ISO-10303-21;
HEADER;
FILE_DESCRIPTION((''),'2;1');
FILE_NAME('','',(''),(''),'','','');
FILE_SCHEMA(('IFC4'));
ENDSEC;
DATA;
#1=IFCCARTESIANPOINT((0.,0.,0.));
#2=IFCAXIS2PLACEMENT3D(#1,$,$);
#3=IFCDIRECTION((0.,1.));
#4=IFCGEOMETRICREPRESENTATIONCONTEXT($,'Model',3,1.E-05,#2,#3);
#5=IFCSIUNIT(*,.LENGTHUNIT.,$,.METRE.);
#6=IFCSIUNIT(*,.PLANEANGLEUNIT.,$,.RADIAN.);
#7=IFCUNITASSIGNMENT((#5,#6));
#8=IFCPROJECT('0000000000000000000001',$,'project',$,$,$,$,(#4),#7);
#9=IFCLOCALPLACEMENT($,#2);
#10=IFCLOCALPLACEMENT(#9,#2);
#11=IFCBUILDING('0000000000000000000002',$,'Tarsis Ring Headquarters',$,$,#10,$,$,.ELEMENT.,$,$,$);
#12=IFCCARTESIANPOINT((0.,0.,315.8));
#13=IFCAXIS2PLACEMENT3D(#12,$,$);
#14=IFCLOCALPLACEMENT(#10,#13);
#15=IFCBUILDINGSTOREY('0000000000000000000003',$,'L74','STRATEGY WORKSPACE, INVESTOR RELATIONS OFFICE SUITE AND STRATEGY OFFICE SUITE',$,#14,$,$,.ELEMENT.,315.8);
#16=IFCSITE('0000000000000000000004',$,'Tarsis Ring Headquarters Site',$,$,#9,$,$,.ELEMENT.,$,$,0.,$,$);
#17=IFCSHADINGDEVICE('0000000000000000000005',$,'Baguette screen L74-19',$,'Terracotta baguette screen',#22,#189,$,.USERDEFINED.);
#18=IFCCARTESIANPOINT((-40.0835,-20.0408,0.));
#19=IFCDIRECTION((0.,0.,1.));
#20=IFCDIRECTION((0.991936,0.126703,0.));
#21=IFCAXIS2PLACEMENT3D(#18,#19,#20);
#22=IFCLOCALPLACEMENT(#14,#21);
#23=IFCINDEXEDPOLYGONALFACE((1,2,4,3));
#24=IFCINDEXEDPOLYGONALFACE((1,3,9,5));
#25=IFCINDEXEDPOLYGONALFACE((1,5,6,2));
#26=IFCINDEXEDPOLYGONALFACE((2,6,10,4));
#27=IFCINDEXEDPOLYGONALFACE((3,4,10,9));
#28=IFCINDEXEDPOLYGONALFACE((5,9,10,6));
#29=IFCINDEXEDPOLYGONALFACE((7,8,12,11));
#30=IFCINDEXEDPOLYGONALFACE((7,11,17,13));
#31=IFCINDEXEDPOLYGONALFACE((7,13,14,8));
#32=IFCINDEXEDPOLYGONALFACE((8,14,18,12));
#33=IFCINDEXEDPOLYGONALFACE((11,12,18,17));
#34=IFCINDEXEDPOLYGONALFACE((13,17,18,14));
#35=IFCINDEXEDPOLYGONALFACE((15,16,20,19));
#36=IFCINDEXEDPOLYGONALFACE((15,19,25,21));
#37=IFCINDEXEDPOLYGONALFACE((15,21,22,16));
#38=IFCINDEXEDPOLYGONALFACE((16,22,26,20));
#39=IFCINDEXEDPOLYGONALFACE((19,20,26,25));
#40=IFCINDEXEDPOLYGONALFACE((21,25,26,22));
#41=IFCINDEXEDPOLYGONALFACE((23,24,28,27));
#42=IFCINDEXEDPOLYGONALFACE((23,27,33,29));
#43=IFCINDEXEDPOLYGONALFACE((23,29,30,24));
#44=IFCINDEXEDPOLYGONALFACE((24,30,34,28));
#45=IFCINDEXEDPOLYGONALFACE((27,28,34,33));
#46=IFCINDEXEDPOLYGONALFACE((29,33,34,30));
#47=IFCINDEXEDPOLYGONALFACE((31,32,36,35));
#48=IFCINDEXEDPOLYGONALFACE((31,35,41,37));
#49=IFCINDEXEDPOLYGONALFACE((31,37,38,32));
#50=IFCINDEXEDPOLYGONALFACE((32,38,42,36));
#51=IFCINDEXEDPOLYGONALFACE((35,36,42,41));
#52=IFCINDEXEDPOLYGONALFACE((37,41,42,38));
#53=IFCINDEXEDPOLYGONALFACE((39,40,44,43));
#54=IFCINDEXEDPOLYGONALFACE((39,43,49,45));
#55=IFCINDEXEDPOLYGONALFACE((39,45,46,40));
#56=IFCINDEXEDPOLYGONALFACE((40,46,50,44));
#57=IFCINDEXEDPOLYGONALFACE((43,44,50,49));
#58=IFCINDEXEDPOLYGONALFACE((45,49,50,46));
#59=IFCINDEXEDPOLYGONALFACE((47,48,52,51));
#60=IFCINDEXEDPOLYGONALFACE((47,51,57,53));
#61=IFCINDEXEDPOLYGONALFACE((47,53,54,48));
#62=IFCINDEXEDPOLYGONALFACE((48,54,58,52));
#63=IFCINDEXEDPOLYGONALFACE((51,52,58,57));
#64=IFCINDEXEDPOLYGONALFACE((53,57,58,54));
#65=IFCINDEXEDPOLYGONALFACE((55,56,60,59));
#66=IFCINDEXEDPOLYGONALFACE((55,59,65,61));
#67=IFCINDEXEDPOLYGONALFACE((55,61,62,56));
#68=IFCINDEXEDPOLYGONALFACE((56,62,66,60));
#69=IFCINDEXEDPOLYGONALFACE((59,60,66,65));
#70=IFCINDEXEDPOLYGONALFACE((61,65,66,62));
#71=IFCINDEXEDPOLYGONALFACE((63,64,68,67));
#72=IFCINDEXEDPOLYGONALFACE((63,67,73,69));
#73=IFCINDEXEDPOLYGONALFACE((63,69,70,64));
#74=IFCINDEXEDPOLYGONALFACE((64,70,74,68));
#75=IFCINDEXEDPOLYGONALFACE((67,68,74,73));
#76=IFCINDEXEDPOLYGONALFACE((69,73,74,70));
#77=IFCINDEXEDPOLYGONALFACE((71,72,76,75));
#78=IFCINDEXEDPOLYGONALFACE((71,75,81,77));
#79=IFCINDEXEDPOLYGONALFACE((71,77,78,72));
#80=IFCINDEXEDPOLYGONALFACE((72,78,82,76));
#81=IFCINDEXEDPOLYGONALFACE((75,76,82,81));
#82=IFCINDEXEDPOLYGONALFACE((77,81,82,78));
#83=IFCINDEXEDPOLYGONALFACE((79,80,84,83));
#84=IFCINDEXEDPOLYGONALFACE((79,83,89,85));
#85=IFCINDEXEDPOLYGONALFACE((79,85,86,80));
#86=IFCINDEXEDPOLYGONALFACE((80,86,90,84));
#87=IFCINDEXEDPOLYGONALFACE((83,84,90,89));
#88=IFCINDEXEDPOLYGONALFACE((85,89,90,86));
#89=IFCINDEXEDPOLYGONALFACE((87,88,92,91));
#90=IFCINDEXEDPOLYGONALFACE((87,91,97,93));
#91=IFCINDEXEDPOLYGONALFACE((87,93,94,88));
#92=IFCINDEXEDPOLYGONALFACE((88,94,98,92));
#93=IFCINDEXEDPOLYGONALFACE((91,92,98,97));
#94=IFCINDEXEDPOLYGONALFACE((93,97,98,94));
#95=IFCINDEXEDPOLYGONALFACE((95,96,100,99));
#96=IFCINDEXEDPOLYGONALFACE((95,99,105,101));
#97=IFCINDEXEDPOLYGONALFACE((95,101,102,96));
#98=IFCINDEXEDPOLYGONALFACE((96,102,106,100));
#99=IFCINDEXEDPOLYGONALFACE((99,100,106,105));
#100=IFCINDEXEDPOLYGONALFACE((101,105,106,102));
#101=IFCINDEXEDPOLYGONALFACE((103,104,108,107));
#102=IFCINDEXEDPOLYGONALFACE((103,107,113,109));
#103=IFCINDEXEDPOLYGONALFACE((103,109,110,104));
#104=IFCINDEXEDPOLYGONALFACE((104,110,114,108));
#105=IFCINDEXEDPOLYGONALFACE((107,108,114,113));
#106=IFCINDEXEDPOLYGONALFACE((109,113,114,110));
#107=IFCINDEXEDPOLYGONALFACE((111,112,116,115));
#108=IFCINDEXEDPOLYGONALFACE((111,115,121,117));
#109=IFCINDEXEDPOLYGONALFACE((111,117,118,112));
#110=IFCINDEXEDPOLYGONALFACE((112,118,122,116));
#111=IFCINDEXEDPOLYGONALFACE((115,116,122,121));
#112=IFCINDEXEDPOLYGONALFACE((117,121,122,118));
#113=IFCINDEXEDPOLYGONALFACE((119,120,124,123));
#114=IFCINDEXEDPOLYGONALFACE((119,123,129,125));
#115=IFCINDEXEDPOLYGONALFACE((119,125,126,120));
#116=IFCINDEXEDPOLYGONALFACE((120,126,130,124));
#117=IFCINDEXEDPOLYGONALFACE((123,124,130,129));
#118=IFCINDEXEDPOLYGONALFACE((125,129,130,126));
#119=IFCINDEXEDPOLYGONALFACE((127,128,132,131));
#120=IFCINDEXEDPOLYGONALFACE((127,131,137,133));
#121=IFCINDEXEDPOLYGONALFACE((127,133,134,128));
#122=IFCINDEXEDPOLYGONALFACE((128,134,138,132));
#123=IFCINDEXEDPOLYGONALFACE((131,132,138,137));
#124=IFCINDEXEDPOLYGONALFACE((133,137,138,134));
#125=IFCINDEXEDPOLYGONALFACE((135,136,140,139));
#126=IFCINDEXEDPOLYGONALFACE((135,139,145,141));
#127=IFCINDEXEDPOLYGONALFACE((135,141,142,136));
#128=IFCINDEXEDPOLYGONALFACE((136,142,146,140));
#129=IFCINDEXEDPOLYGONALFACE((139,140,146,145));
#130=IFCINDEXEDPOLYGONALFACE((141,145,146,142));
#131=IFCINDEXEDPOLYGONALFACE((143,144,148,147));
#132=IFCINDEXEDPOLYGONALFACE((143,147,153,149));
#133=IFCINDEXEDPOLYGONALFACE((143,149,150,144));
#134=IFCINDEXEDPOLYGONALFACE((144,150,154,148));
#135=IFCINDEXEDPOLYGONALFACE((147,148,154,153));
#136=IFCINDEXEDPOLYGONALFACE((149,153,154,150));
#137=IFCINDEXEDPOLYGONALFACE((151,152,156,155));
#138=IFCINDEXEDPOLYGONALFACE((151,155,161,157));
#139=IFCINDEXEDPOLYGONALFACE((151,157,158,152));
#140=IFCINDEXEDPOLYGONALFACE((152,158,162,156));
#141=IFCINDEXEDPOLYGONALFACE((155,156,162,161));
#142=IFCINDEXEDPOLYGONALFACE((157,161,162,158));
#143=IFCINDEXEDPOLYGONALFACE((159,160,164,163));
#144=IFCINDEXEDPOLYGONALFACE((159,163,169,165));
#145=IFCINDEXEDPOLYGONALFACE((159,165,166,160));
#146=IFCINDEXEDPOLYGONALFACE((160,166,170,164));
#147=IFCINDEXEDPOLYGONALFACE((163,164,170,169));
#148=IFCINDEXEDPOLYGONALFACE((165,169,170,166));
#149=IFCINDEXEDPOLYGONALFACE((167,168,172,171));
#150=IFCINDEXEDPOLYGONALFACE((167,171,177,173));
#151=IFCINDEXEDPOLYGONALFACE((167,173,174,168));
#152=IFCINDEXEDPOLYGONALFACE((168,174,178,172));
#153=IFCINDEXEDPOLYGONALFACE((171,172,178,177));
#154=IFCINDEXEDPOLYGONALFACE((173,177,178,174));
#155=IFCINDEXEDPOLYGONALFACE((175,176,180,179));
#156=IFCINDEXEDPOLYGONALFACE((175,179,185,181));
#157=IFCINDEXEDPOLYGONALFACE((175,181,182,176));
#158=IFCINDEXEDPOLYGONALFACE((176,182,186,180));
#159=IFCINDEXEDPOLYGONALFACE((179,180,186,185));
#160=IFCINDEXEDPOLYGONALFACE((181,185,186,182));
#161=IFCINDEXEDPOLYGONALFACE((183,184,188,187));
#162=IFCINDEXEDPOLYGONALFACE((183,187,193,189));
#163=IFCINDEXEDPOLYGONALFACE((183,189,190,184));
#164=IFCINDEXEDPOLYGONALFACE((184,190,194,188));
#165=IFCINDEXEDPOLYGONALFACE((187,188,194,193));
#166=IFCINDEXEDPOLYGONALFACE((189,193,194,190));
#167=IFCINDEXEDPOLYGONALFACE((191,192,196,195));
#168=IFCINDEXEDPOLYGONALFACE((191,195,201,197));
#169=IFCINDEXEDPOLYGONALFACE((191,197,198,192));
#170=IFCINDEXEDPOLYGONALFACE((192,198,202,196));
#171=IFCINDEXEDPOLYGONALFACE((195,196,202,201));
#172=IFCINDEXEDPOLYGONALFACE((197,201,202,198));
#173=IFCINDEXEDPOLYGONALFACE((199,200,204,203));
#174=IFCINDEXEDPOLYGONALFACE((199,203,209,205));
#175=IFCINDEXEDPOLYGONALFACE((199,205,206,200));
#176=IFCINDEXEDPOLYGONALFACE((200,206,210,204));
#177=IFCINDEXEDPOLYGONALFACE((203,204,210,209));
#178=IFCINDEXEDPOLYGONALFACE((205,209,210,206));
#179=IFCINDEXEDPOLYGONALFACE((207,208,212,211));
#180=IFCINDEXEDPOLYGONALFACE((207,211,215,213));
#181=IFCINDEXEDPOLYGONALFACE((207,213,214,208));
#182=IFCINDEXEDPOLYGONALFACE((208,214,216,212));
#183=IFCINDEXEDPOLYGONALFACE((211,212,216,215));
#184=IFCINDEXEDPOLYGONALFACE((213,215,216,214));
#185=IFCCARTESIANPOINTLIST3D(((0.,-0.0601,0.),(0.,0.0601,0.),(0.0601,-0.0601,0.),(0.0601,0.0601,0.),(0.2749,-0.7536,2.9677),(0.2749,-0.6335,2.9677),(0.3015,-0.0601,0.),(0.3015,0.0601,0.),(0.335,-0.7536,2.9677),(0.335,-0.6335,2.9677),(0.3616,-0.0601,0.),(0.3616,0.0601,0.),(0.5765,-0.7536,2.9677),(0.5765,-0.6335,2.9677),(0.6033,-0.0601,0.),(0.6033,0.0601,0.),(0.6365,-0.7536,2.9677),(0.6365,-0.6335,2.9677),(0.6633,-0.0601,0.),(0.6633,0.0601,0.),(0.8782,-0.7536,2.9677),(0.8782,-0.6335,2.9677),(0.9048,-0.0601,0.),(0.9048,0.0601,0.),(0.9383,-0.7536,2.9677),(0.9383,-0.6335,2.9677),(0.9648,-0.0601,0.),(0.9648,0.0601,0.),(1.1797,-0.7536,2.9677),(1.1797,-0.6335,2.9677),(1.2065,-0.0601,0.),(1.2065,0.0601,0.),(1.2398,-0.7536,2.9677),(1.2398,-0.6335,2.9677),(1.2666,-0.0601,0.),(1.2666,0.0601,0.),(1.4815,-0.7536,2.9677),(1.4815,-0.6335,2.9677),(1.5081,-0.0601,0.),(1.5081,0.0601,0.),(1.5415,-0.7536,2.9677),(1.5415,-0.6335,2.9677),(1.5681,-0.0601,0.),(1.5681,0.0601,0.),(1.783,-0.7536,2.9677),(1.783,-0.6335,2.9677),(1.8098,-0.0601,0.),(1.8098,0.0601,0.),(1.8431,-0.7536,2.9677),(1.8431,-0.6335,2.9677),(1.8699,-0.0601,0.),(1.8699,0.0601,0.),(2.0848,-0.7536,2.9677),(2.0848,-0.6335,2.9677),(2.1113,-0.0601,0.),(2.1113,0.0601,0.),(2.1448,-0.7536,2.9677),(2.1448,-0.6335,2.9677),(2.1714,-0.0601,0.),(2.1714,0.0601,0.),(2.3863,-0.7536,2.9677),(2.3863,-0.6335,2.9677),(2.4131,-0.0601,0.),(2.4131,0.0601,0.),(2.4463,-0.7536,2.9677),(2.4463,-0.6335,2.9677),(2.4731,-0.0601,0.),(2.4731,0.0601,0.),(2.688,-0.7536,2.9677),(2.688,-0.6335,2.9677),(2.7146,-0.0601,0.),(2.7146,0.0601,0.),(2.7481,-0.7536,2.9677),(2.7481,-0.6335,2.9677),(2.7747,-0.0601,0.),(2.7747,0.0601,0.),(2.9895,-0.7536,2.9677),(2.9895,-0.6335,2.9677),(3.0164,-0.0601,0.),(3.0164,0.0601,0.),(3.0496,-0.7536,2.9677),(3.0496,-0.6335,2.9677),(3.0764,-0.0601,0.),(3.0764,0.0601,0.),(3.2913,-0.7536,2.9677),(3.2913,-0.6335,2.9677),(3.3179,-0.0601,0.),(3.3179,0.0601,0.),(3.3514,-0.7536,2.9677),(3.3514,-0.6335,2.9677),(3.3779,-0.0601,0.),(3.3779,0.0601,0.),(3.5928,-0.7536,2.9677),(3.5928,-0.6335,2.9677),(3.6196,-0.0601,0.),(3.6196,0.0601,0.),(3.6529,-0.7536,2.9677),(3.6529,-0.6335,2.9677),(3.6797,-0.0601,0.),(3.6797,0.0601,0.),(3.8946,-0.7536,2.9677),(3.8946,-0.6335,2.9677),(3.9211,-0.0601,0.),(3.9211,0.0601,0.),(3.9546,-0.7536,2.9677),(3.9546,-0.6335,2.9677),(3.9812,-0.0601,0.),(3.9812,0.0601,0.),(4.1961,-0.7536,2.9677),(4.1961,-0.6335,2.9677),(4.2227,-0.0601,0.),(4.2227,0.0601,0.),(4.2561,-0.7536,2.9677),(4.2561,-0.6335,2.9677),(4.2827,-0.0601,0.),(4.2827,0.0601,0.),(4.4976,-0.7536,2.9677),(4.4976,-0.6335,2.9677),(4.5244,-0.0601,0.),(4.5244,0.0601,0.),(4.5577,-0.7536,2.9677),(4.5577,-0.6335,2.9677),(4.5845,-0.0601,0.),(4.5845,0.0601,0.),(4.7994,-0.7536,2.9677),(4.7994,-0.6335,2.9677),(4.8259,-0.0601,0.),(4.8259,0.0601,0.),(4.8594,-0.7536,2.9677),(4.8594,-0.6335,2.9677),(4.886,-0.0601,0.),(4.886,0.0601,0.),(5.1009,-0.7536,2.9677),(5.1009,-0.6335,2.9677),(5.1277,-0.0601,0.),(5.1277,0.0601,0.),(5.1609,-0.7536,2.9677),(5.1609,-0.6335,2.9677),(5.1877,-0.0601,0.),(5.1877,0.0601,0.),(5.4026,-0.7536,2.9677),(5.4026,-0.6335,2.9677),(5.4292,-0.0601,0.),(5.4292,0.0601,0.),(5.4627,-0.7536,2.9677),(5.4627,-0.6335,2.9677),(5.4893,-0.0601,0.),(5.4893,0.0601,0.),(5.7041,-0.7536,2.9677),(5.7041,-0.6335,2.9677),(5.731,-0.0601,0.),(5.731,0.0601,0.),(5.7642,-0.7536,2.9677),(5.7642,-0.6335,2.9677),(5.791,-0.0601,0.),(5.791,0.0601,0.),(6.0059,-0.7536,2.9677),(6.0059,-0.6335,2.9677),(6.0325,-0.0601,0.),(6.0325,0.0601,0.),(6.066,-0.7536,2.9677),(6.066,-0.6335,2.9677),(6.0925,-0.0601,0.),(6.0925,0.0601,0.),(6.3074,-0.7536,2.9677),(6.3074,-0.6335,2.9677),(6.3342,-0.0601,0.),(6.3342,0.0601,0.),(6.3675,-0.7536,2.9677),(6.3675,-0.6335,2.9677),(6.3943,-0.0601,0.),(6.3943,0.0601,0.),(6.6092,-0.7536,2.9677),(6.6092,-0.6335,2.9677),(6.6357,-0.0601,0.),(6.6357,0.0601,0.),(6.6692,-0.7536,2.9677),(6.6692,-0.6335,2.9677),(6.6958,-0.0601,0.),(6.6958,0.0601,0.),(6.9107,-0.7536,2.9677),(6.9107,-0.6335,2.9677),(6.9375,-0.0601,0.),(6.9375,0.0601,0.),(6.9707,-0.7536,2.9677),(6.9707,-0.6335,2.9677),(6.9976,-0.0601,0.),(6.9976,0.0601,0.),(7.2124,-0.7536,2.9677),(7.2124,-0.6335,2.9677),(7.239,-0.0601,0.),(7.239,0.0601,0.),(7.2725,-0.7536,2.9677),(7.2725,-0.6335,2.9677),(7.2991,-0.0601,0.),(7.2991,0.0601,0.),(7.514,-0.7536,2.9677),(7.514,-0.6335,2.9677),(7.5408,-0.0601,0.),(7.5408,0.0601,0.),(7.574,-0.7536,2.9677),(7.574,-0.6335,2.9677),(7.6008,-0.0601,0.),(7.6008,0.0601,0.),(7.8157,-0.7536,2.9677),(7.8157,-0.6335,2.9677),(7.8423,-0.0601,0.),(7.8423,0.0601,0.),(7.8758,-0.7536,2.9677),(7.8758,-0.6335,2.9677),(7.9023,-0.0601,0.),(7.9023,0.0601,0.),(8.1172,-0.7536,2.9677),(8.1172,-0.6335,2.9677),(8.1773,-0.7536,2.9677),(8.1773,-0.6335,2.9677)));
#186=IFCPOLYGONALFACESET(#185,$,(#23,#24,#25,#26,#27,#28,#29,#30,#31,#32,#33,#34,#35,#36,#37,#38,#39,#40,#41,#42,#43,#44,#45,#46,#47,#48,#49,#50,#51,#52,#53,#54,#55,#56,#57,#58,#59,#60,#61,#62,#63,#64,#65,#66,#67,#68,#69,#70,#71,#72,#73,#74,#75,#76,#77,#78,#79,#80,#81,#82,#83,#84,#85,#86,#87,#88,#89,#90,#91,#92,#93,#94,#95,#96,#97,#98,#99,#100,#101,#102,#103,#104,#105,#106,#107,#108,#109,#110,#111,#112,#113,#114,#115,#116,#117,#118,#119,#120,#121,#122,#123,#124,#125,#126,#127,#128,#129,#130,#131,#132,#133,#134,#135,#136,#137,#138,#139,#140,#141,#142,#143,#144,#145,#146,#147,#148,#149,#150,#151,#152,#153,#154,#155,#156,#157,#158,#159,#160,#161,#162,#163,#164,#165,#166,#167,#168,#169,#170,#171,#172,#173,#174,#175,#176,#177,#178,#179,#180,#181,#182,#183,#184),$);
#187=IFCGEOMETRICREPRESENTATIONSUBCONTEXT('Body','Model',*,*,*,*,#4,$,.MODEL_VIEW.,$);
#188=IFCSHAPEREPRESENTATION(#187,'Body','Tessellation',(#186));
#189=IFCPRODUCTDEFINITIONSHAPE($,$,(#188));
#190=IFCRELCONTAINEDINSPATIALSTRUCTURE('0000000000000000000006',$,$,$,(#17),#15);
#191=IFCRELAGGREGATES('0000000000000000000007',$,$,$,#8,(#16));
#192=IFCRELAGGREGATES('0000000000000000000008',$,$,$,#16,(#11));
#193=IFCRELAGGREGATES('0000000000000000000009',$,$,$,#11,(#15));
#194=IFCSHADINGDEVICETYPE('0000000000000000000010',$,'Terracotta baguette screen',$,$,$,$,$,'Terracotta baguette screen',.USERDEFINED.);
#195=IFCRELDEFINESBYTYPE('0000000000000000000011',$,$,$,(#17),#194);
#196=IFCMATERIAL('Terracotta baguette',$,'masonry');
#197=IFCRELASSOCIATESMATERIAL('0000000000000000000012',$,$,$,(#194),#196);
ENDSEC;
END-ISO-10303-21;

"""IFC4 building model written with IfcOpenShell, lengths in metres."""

from ifc_helpers import new_model, si_unit, direction, frame, frame_2d, origin, place, context, subcontext, project, spatial, rectangle, composite_profile, extrude, material, type_object, element, save


model = new_model("IFC4")

# Units and contexts
model_context = context("Model", 3, precision=1e-05, world=origin(), true_north=direction((0.0, 1.0)))
body_context = subcontext(model_context, "Body", "Model", "MODEL_VIEW")
ifc_project = project(units=[si_unit("LENGTHUNIT", "METRE"), si_unit("PLANEANGLEUNIT", "RADIAN")], contexts=[model_context])

# Site, building, storey
site_placement = place(None, origin())
site = spatial("IfcSite", under=ifc_project, at=site_placement, Name="Tarsis Ring Headquarters Site", CompositionType="ELEMENT", RefElevation=0.0)
building_placement = place(site_placement, origin())
building = spatial("IfcBuilding", under=site, at=building_placement, Name="Tarsis Ring Headquarters", CompositionType="ELEMENT")
storey_placement = place(building_placement, frame((0.0, 0.0, 315.8)))
storey = spatial("IfcBuildingStorey", under=building, at=storey_placement, Name="L74", Description="STRATEGY WORKSPACE, INVESTOR RELATIONS OFFICE SUITE AND STRATEGY OFFICE SUITE", CompositionType="ELEMENT", Elevation=315.8)

# Shading device
ifc_material_1 = material(Name="Terracotta baguette", Category="masonry")
shading_device_type_1 = type_object("IfcShadingDeviceType", Name="Terracotta baguette screen", ElementType="Terracotta baguette screen", PredefinedType="USERDEFINED", material=ifc_material_1)
shading_device_placement = place(storey_placement, frame((-40.0835, -20.0408, 0.0), z_axis=(0.0, 0.0, 1.0), x_axis=(0.991936, 0.126703, 0.0)))
element("IfcShadingDevice", 1, at=shading_device_placement, inside=storey, type_object=shading_device_type_1, Name="Baguette screen L74-19", ObjectType="Terracotta baguette screen", PredefinedType="USERDEFINED", context=body_context, shape_type="SweptSolid", body=[
    extrude(composite_profile([rectangle(XDim=0.0601, YDim=0.1201, at=frame_2d((0.03, 0.0))), rectangle(XDim=0.0601, YDim=0.1201, at=frame_2d((0.3315, 0.0))), rectangle(XDim=0.0601, YDim=0.1201, at=frame_2d((0.6333, 0.0))), rectangle(XDim=0.0601, YDim=0.1201, at=frame_2d((0.9348, 0.0))), rectangle(XDim=0.0601, YDim=0.1201, at=frame_2d((1.2366, 0.0))), rectangle(XDim=0.0601, YDim=0.1201, at=frame_2d((1.5381, 0.0))), rectangle(XDim=0.0601, YDim=0.1201, at=frame_2d((1.8398, 0.0))), rectangle(XDim=0.0601, YDim=0.1201, at=frame_2d((2.1414, 0.0))), rectangle(XDim=0.0601, YDim=0.1201, at=frame_2d((2.4431, 0.0))), rectangle(XDim=0.0601, YDim=0.1201, at=frame_2d((2.7446, 0.0))), rectangle(XDim=0.0601, YDim=0.1201, at=frame_2d((3.0464, 0.0))), rectangle(XDim=0.0601, YDim=0.1201, at=frame_2d((3.3479, 0.0))), rectangle(XDim=0.0601, YDim=0.1201, at=frame_2d((3.6497, 0.0))), rectangle(XDim=0.0601, YDim=0.1201, at=frame_2d((3.9512, 0.0))), rectangle(XDim=0.0601, YDim=0.1201, at=frame_2d((4.2527, 0.0))), rectangle(XDim=0.0601, YDim=0.1201, at=frame_2d((4.5544, 0.0))), rectangle(XDim=0.0601, YDim=0.1201, at=frame_2d((4.856, 0.0))), rectangle(XDim=0.0601, YDim=0.1201, at=frame_2d((5.1577, 0.0))), rectangle(XDim=0.0601, YDim=0.1201, at=frame_2d((5.4592, 0.0))), rectangle(XDim=0.0601, YDim=0.1201, at=frame_2d((5.761, 0.0))), rectangle(XDim=0.0601, YDim=0.1201, at=frame_2d((6.0625, 0.0))), rectangle(XDim=0.0601, YDim=0.1201, at=frame_2d((6.3643, 0.0))), rectangle(XDim=0.0601, YDim=0.1201, at=frame_2d((6.6658, 0.0))), rectangle(XDim=0.0601, YDim=0.1201, at=frame_2d((6.9675, 0.0))), rectangle(XDim=0.0601, YDim=0.1201, at=frame_2d((7.269, 0.0))), rectangle(XDim=0.0601, YDim=0.1201, at=frame_2d((7.5708, 0.0))), rectangle(XDim=0.0601, YDim=0.1201, at=frame_2d((7.8723, 0.0)))]), origin(), (0.08985, -0.226659, 0.969821), 3.0601),
])

save(model, "model.ifc")
